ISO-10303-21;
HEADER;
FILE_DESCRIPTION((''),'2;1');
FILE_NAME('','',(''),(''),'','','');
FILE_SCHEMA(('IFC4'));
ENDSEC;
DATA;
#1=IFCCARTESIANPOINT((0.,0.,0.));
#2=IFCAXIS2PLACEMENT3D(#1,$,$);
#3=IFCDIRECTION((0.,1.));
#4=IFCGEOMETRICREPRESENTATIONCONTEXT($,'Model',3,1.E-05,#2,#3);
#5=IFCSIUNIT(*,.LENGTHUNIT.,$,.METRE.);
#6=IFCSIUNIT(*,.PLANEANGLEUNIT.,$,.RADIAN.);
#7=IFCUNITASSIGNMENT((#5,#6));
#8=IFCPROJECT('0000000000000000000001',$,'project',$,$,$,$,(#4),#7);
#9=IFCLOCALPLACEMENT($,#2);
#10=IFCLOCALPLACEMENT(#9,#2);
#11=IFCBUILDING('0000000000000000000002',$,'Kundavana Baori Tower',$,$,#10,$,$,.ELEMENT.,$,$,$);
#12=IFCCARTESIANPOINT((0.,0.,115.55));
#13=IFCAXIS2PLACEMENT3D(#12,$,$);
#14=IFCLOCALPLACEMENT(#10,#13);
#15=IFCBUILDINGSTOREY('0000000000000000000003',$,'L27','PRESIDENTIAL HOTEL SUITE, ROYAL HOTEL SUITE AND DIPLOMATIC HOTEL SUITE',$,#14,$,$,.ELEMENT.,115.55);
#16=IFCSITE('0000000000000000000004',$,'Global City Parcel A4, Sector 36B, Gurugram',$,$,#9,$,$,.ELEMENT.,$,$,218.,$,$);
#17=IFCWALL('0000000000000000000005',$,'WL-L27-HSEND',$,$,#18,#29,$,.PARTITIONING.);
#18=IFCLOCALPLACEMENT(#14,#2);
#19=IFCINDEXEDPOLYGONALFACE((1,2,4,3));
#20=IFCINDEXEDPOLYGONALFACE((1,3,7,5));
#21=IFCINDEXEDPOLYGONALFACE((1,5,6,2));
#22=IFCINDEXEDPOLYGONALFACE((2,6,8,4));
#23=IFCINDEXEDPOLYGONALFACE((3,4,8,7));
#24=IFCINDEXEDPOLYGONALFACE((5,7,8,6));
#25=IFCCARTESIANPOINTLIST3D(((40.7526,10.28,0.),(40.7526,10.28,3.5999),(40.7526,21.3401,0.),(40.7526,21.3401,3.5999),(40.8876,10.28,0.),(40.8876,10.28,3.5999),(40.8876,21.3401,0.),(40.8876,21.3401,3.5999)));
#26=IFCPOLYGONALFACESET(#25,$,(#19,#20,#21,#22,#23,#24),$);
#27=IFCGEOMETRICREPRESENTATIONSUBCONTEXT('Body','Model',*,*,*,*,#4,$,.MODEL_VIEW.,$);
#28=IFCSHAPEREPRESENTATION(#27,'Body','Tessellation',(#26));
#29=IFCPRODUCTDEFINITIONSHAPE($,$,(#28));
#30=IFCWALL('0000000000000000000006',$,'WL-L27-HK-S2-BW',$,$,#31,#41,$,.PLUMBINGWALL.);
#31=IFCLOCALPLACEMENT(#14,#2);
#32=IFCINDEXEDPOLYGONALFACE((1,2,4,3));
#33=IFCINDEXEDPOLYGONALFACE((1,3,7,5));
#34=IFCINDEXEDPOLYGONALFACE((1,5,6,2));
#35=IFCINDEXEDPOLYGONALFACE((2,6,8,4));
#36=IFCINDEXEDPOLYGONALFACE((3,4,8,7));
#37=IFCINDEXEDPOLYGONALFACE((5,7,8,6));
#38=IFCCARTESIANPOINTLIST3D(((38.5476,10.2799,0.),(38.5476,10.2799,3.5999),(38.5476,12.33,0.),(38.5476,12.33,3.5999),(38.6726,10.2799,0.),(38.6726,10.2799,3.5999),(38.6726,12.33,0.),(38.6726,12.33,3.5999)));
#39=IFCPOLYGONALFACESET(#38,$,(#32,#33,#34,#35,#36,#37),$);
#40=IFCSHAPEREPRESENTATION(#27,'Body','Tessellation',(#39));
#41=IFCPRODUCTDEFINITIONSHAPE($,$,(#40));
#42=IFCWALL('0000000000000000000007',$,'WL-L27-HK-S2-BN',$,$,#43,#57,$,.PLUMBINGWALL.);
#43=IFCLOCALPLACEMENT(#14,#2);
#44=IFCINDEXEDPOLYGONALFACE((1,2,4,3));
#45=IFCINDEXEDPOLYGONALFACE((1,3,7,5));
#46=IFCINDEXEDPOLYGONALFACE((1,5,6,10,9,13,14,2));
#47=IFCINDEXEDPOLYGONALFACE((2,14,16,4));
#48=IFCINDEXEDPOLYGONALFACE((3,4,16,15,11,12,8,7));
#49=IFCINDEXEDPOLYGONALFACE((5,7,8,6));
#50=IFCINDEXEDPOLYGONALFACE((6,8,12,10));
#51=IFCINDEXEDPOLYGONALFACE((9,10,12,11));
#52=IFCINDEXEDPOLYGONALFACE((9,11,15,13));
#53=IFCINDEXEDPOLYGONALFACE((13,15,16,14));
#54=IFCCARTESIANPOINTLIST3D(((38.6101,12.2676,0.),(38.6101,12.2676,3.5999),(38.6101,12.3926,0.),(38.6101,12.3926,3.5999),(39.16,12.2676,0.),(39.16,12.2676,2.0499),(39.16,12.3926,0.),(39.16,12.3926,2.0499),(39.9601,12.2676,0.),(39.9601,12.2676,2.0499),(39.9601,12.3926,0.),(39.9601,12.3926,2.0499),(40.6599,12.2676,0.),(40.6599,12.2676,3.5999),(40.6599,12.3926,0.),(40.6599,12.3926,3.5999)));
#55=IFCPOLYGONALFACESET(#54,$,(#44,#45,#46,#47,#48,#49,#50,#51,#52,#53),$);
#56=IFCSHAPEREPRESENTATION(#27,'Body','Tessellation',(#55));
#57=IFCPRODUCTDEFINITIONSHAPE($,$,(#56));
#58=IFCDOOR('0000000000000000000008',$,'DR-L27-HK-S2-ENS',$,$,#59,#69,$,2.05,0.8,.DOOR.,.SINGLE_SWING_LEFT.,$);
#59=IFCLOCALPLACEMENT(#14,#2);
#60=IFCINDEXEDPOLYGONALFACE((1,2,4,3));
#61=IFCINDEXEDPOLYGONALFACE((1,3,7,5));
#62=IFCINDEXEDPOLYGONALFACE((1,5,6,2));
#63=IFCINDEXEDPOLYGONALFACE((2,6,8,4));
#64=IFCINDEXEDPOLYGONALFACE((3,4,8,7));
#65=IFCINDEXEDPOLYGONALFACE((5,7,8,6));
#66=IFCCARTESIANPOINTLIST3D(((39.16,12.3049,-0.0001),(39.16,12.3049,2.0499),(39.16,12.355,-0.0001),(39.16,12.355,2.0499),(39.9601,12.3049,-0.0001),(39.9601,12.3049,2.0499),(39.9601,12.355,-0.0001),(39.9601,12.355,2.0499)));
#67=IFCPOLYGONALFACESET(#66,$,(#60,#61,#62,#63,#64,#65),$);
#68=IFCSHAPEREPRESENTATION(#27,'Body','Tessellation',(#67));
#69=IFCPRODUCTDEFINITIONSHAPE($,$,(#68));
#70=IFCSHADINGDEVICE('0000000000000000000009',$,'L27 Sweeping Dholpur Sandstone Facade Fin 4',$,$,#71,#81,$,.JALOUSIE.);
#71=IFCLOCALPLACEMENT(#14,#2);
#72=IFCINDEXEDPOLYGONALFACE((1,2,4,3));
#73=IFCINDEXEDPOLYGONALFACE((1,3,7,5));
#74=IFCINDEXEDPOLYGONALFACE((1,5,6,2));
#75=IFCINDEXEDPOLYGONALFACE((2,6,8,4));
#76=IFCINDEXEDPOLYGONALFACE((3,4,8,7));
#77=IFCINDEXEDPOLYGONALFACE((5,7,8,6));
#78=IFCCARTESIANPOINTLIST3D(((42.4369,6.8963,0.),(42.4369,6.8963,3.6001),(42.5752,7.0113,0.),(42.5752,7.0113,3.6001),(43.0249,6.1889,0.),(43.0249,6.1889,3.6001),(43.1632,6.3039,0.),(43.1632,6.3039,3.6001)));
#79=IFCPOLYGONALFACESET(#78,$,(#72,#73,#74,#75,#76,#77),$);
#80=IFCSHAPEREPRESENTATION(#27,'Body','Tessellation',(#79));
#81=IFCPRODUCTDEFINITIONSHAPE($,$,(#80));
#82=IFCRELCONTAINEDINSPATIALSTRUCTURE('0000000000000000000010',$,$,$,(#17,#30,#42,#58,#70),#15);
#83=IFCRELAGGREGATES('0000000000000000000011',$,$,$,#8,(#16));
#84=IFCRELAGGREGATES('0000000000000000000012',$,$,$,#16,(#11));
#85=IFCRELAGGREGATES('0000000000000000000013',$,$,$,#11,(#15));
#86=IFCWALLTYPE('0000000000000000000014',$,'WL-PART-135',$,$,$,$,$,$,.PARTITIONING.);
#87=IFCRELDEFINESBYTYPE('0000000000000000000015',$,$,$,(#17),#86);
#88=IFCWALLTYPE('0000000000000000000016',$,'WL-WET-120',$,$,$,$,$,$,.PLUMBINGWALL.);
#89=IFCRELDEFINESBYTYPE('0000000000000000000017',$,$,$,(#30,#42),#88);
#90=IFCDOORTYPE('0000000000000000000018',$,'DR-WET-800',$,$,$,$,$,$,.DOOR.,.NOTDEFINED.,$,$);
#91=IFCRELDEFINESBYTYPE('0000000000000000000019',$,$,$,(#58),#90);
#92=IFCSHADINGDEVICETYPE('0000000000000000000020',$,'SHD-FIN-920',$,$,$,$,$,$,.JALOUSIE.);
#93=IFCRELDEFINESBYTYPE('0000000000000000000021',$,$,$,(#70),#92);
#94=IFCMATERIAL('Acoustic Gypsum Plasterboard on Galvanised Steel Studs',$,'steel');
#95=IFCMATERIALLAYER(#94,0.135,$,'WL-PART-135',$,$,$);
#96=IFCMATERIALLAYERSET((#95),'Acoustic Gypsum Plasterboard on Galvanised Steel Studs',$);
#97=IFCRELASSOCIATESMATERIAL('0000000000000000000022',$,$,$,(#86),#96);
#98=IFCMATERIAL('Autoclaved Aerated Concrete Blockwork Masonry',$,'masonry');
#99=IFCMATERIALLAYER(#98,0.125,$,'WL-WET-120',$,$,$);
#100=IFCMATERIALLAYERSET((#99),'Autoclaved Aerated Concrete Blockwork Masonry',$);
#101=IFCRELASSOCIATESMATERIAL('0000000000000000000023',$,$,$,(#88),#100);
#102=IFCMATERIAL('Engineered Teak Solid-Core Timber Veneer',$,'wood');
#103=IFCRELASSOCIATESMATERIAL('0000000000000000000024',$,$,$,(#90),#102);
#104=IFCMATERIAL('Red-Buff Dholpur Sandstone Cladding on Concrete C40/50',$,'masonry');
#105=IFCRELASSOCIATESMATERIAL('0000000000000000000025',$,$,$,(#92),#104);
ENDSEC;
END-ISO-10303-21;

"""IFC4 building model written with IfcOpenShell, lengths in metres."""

from ifc_helpers import new_model, si_unit, direction, frame, frame_2d, origin, origin_2d, place, context, subcontext, project, spatial, rectangle, extrude, material, layer, layer_set, type_object, element, fill, save


model = new_model("IFC4")

# Units and contexts
model_context = context("Model", 3, precision=1e-05, world=origin(), true_north=direction((0.0, 1.0)))
body_context = subcontext(model_context, "Body", "Model", "MODEL_VIEW")
ifc_project = project(units=[si_unit("LENGTHUNIT", "METRE"), si_unit("PLANEANGLEUNIT", "RADIAN")], contexts=[model_context])

# Site, building, storey
site_placement = place(None, origin())
site = spatial("IfcSite", under=ifc_project, at=site_placement, Name="Global City Parcel A4, Sector 36B, Gurugram", CompositionType="ELEMENT", RefElevation=218.0)
building_placement = place(site_placement, origin())
building = spatial("IfcBuilding", under=site, at=building_placement, Name="Kundavana Baori Tower", CompositionType="ELEMENT")
storey_placement = place(building_placement, frame((0.0, 0.0, 115.55)))
storey = spatial("IfcBuildingStorey", under=building, at=storey_placement, Name="L27", Description="PRESIDENTIAL HOTEL SUITE, ROYAL HOTEL SUITE AND DIPLOMATIC HOTEL SUITE", CompositionType="ELEMENT", Elevation=115.55)

# Walls
ifc_material_1 = material(Name="Acoustic Gypsum Plasterboard on Galvanised Steel Studs", Category="steel")
ifc_layer_1 = layer(ifc_material_1, 0.135, Name="WL-PART-135")
ifc_layer_set_1 = layer_set([ifc_layer_1], Name="Acoustic Gypsum Plasterboard on Galvanised Steel Studs")
wall_type_1 = type_object("IfcWallType", Name="WL-PART-135", PredefinedType="PARTITIONING", material=ifc_layer_set_1)
wall_1_placement = place(storey_placement, frame((40.8201, 10.28, 0.0), z_axis=(0.0, 0.0, 1.0), x_axis=(0.0, 1.0, 0.0)))
element("IfcWall", 1, at=wall_1_placement, inside=storey, type_object=wall_type_1, Name="WL-L27-HSEND", PredefinedType="PARTITIONING", context=body_context, shape_type="SweptSolid", body=[
    extrude(rectangle(XDim=11.0601, YDim=0.135, at=frame_2d((5.53, 0.0))), origin(), (0.0, 0.0, 1.0), 3.5999),
])
ifc_material_2 = material(Name="Autoclaved Aerated Concrete Blockwork Masonry", Category="masonry")
ifc_layer_2 = layer(ifc_material_2, 0.125, Name="WL-WET-120")
ifc_layer_set_2 = layer_set([ifc_layer_2], Name="Autoclaved Aerated Concrete Blockwork Masonry")
wall_type_2 = type_object("IfcWallType", Name="WL-WET-120", PredefinedType="PLUMBINGWALL", material=ifc_layer_set_2)
wall_2_placement = place(storey_placement, frame((38.6101, 10.28, 0.0), z_axis=(0.0, 0.0, 1.0), x_axis=(0.0, 1.0, 0.0)))
element("IfcWall", 2, at=wall_2_placement, inside=storey, type_object=wall_type_2, Name="WL-L27-HK-S2-BW", PredefinedType="PLUMBINGWALL", context=body_context, shape_type="SweptSolid", body=[
    extrude(rectangle(XDim=2.05, YDim=0.125, at=frame_2d((1.0249, 0.0))), origin(), (0.0, 0.0, 1.0), 3.5999),
])

# Wall, opening, door
wall_3_placement = place(storey_placement, frame((38.6101, 12.3301, 0.0), z_axis=(0.0, 0.0, 1.0), x_axis=(1.0, 0.0, 0.0)))
wall_3 = element("IfcWall", 3, at=wall_3_placement, inside=storey, type_object=wall_type_2, Name="WL-L27-HK-S2-BN", PredefinedType="PLUMBINGWALL", context=body_context, shape_type="SweptSolid", body=[
    extrude(rectangle(XDim=2.0498, YDim=0.125, at=frame_2d((1.0249, 0.0))), origin(), (0.0, 0.0, 1.0), 3.5999),
])
opening_1_placement = place(wall_3_placement, frame((0.55, 0.0, 0.0)))
opening_1 = element("IfcOpeningElement", 4, at=opening_1_placement, cuts=wall_3, PredefinedType="OPENING", context=body_context, shape_type="SweptSolid", body=[
    extrude(rectangle(XDim=0.8, YDim=2.05, at=frame_2d((0.3999, 1.0249))), frame((0.0, 0.0725, 0.0), z_axis=(0.0, -1.0, 0.0), x_axis=(1.0, 0.0, 0.0)), (0.0, 0.0, 1.0), 0.145),
])
ifc_material_3 = material(Name="Engineered Teak Solid-Core Timber Veneer", Category="wood")
door_type_1 = type_object("IfcDoorType", Name="DR-WET-800", OperationType="NOTDEFINED", PredefinedType="DOOR", material=ifc_material_3)
door_1_placement = place(opening_1_placement, origin())
door_1 = element("IfcDoor", 5, at=door_1_placement, inside=storey, type_object=door_type_1, Name="DR-L27-HK-S2-ENS", OperationType="SINGLE_SWING_LEFT", OverallHeight=2.05, OverallWidth=0.8, PredefinedType="DOOR", context=body_context, shape_type="SweptSolid", body=[
    extrude(rectangle(XDim=0.8, YDim=2.05, at=frame_2d((0.3999, 1.0249))), frame((0.0, 0.0249, 0.0), z_axis=(0.0, -1.0, 0.0), x_axis=(1.0, 0.0, 0.0)), (0.0, 0.0, 1.0), 0.05),
])
fill(opening_1, door_1)

# Shading device
ifc_material_4 = material(Name="Red-Buff Dholpur Sandstone Cladding on Concrete C40/50", Category="masonry")
shading_device_type = type_object("IfcShadingDeviceType", Name="SHD-FIN-920", PredefinedType="JALOUSIE", material=ifc_material_4)
shading_device_placement = place(storey_placement, frame((42.8, 6.6001, 0.0), z_axis=(0.0, 0.0, 1.0), x_axis=(0.769065, 0.639171, 0.0)))
element("IfcShadingDevice", 6, at=shading_device_placement, inside=storey, type_object=shading_device_type, Name="L27 Sweeping Dholpur Sandstone Facade Fin 4", PredefinedType="JALOUSIE", context=body_context, shape_type="SweptSolid", body=[
    extrude(rectangle(XDim=0.1799, YDim=0.9199, at=origin_2d()), origin(), (0.0, 0.0, 1.0), 3.6001),
])

save(model, "model.ifc")
